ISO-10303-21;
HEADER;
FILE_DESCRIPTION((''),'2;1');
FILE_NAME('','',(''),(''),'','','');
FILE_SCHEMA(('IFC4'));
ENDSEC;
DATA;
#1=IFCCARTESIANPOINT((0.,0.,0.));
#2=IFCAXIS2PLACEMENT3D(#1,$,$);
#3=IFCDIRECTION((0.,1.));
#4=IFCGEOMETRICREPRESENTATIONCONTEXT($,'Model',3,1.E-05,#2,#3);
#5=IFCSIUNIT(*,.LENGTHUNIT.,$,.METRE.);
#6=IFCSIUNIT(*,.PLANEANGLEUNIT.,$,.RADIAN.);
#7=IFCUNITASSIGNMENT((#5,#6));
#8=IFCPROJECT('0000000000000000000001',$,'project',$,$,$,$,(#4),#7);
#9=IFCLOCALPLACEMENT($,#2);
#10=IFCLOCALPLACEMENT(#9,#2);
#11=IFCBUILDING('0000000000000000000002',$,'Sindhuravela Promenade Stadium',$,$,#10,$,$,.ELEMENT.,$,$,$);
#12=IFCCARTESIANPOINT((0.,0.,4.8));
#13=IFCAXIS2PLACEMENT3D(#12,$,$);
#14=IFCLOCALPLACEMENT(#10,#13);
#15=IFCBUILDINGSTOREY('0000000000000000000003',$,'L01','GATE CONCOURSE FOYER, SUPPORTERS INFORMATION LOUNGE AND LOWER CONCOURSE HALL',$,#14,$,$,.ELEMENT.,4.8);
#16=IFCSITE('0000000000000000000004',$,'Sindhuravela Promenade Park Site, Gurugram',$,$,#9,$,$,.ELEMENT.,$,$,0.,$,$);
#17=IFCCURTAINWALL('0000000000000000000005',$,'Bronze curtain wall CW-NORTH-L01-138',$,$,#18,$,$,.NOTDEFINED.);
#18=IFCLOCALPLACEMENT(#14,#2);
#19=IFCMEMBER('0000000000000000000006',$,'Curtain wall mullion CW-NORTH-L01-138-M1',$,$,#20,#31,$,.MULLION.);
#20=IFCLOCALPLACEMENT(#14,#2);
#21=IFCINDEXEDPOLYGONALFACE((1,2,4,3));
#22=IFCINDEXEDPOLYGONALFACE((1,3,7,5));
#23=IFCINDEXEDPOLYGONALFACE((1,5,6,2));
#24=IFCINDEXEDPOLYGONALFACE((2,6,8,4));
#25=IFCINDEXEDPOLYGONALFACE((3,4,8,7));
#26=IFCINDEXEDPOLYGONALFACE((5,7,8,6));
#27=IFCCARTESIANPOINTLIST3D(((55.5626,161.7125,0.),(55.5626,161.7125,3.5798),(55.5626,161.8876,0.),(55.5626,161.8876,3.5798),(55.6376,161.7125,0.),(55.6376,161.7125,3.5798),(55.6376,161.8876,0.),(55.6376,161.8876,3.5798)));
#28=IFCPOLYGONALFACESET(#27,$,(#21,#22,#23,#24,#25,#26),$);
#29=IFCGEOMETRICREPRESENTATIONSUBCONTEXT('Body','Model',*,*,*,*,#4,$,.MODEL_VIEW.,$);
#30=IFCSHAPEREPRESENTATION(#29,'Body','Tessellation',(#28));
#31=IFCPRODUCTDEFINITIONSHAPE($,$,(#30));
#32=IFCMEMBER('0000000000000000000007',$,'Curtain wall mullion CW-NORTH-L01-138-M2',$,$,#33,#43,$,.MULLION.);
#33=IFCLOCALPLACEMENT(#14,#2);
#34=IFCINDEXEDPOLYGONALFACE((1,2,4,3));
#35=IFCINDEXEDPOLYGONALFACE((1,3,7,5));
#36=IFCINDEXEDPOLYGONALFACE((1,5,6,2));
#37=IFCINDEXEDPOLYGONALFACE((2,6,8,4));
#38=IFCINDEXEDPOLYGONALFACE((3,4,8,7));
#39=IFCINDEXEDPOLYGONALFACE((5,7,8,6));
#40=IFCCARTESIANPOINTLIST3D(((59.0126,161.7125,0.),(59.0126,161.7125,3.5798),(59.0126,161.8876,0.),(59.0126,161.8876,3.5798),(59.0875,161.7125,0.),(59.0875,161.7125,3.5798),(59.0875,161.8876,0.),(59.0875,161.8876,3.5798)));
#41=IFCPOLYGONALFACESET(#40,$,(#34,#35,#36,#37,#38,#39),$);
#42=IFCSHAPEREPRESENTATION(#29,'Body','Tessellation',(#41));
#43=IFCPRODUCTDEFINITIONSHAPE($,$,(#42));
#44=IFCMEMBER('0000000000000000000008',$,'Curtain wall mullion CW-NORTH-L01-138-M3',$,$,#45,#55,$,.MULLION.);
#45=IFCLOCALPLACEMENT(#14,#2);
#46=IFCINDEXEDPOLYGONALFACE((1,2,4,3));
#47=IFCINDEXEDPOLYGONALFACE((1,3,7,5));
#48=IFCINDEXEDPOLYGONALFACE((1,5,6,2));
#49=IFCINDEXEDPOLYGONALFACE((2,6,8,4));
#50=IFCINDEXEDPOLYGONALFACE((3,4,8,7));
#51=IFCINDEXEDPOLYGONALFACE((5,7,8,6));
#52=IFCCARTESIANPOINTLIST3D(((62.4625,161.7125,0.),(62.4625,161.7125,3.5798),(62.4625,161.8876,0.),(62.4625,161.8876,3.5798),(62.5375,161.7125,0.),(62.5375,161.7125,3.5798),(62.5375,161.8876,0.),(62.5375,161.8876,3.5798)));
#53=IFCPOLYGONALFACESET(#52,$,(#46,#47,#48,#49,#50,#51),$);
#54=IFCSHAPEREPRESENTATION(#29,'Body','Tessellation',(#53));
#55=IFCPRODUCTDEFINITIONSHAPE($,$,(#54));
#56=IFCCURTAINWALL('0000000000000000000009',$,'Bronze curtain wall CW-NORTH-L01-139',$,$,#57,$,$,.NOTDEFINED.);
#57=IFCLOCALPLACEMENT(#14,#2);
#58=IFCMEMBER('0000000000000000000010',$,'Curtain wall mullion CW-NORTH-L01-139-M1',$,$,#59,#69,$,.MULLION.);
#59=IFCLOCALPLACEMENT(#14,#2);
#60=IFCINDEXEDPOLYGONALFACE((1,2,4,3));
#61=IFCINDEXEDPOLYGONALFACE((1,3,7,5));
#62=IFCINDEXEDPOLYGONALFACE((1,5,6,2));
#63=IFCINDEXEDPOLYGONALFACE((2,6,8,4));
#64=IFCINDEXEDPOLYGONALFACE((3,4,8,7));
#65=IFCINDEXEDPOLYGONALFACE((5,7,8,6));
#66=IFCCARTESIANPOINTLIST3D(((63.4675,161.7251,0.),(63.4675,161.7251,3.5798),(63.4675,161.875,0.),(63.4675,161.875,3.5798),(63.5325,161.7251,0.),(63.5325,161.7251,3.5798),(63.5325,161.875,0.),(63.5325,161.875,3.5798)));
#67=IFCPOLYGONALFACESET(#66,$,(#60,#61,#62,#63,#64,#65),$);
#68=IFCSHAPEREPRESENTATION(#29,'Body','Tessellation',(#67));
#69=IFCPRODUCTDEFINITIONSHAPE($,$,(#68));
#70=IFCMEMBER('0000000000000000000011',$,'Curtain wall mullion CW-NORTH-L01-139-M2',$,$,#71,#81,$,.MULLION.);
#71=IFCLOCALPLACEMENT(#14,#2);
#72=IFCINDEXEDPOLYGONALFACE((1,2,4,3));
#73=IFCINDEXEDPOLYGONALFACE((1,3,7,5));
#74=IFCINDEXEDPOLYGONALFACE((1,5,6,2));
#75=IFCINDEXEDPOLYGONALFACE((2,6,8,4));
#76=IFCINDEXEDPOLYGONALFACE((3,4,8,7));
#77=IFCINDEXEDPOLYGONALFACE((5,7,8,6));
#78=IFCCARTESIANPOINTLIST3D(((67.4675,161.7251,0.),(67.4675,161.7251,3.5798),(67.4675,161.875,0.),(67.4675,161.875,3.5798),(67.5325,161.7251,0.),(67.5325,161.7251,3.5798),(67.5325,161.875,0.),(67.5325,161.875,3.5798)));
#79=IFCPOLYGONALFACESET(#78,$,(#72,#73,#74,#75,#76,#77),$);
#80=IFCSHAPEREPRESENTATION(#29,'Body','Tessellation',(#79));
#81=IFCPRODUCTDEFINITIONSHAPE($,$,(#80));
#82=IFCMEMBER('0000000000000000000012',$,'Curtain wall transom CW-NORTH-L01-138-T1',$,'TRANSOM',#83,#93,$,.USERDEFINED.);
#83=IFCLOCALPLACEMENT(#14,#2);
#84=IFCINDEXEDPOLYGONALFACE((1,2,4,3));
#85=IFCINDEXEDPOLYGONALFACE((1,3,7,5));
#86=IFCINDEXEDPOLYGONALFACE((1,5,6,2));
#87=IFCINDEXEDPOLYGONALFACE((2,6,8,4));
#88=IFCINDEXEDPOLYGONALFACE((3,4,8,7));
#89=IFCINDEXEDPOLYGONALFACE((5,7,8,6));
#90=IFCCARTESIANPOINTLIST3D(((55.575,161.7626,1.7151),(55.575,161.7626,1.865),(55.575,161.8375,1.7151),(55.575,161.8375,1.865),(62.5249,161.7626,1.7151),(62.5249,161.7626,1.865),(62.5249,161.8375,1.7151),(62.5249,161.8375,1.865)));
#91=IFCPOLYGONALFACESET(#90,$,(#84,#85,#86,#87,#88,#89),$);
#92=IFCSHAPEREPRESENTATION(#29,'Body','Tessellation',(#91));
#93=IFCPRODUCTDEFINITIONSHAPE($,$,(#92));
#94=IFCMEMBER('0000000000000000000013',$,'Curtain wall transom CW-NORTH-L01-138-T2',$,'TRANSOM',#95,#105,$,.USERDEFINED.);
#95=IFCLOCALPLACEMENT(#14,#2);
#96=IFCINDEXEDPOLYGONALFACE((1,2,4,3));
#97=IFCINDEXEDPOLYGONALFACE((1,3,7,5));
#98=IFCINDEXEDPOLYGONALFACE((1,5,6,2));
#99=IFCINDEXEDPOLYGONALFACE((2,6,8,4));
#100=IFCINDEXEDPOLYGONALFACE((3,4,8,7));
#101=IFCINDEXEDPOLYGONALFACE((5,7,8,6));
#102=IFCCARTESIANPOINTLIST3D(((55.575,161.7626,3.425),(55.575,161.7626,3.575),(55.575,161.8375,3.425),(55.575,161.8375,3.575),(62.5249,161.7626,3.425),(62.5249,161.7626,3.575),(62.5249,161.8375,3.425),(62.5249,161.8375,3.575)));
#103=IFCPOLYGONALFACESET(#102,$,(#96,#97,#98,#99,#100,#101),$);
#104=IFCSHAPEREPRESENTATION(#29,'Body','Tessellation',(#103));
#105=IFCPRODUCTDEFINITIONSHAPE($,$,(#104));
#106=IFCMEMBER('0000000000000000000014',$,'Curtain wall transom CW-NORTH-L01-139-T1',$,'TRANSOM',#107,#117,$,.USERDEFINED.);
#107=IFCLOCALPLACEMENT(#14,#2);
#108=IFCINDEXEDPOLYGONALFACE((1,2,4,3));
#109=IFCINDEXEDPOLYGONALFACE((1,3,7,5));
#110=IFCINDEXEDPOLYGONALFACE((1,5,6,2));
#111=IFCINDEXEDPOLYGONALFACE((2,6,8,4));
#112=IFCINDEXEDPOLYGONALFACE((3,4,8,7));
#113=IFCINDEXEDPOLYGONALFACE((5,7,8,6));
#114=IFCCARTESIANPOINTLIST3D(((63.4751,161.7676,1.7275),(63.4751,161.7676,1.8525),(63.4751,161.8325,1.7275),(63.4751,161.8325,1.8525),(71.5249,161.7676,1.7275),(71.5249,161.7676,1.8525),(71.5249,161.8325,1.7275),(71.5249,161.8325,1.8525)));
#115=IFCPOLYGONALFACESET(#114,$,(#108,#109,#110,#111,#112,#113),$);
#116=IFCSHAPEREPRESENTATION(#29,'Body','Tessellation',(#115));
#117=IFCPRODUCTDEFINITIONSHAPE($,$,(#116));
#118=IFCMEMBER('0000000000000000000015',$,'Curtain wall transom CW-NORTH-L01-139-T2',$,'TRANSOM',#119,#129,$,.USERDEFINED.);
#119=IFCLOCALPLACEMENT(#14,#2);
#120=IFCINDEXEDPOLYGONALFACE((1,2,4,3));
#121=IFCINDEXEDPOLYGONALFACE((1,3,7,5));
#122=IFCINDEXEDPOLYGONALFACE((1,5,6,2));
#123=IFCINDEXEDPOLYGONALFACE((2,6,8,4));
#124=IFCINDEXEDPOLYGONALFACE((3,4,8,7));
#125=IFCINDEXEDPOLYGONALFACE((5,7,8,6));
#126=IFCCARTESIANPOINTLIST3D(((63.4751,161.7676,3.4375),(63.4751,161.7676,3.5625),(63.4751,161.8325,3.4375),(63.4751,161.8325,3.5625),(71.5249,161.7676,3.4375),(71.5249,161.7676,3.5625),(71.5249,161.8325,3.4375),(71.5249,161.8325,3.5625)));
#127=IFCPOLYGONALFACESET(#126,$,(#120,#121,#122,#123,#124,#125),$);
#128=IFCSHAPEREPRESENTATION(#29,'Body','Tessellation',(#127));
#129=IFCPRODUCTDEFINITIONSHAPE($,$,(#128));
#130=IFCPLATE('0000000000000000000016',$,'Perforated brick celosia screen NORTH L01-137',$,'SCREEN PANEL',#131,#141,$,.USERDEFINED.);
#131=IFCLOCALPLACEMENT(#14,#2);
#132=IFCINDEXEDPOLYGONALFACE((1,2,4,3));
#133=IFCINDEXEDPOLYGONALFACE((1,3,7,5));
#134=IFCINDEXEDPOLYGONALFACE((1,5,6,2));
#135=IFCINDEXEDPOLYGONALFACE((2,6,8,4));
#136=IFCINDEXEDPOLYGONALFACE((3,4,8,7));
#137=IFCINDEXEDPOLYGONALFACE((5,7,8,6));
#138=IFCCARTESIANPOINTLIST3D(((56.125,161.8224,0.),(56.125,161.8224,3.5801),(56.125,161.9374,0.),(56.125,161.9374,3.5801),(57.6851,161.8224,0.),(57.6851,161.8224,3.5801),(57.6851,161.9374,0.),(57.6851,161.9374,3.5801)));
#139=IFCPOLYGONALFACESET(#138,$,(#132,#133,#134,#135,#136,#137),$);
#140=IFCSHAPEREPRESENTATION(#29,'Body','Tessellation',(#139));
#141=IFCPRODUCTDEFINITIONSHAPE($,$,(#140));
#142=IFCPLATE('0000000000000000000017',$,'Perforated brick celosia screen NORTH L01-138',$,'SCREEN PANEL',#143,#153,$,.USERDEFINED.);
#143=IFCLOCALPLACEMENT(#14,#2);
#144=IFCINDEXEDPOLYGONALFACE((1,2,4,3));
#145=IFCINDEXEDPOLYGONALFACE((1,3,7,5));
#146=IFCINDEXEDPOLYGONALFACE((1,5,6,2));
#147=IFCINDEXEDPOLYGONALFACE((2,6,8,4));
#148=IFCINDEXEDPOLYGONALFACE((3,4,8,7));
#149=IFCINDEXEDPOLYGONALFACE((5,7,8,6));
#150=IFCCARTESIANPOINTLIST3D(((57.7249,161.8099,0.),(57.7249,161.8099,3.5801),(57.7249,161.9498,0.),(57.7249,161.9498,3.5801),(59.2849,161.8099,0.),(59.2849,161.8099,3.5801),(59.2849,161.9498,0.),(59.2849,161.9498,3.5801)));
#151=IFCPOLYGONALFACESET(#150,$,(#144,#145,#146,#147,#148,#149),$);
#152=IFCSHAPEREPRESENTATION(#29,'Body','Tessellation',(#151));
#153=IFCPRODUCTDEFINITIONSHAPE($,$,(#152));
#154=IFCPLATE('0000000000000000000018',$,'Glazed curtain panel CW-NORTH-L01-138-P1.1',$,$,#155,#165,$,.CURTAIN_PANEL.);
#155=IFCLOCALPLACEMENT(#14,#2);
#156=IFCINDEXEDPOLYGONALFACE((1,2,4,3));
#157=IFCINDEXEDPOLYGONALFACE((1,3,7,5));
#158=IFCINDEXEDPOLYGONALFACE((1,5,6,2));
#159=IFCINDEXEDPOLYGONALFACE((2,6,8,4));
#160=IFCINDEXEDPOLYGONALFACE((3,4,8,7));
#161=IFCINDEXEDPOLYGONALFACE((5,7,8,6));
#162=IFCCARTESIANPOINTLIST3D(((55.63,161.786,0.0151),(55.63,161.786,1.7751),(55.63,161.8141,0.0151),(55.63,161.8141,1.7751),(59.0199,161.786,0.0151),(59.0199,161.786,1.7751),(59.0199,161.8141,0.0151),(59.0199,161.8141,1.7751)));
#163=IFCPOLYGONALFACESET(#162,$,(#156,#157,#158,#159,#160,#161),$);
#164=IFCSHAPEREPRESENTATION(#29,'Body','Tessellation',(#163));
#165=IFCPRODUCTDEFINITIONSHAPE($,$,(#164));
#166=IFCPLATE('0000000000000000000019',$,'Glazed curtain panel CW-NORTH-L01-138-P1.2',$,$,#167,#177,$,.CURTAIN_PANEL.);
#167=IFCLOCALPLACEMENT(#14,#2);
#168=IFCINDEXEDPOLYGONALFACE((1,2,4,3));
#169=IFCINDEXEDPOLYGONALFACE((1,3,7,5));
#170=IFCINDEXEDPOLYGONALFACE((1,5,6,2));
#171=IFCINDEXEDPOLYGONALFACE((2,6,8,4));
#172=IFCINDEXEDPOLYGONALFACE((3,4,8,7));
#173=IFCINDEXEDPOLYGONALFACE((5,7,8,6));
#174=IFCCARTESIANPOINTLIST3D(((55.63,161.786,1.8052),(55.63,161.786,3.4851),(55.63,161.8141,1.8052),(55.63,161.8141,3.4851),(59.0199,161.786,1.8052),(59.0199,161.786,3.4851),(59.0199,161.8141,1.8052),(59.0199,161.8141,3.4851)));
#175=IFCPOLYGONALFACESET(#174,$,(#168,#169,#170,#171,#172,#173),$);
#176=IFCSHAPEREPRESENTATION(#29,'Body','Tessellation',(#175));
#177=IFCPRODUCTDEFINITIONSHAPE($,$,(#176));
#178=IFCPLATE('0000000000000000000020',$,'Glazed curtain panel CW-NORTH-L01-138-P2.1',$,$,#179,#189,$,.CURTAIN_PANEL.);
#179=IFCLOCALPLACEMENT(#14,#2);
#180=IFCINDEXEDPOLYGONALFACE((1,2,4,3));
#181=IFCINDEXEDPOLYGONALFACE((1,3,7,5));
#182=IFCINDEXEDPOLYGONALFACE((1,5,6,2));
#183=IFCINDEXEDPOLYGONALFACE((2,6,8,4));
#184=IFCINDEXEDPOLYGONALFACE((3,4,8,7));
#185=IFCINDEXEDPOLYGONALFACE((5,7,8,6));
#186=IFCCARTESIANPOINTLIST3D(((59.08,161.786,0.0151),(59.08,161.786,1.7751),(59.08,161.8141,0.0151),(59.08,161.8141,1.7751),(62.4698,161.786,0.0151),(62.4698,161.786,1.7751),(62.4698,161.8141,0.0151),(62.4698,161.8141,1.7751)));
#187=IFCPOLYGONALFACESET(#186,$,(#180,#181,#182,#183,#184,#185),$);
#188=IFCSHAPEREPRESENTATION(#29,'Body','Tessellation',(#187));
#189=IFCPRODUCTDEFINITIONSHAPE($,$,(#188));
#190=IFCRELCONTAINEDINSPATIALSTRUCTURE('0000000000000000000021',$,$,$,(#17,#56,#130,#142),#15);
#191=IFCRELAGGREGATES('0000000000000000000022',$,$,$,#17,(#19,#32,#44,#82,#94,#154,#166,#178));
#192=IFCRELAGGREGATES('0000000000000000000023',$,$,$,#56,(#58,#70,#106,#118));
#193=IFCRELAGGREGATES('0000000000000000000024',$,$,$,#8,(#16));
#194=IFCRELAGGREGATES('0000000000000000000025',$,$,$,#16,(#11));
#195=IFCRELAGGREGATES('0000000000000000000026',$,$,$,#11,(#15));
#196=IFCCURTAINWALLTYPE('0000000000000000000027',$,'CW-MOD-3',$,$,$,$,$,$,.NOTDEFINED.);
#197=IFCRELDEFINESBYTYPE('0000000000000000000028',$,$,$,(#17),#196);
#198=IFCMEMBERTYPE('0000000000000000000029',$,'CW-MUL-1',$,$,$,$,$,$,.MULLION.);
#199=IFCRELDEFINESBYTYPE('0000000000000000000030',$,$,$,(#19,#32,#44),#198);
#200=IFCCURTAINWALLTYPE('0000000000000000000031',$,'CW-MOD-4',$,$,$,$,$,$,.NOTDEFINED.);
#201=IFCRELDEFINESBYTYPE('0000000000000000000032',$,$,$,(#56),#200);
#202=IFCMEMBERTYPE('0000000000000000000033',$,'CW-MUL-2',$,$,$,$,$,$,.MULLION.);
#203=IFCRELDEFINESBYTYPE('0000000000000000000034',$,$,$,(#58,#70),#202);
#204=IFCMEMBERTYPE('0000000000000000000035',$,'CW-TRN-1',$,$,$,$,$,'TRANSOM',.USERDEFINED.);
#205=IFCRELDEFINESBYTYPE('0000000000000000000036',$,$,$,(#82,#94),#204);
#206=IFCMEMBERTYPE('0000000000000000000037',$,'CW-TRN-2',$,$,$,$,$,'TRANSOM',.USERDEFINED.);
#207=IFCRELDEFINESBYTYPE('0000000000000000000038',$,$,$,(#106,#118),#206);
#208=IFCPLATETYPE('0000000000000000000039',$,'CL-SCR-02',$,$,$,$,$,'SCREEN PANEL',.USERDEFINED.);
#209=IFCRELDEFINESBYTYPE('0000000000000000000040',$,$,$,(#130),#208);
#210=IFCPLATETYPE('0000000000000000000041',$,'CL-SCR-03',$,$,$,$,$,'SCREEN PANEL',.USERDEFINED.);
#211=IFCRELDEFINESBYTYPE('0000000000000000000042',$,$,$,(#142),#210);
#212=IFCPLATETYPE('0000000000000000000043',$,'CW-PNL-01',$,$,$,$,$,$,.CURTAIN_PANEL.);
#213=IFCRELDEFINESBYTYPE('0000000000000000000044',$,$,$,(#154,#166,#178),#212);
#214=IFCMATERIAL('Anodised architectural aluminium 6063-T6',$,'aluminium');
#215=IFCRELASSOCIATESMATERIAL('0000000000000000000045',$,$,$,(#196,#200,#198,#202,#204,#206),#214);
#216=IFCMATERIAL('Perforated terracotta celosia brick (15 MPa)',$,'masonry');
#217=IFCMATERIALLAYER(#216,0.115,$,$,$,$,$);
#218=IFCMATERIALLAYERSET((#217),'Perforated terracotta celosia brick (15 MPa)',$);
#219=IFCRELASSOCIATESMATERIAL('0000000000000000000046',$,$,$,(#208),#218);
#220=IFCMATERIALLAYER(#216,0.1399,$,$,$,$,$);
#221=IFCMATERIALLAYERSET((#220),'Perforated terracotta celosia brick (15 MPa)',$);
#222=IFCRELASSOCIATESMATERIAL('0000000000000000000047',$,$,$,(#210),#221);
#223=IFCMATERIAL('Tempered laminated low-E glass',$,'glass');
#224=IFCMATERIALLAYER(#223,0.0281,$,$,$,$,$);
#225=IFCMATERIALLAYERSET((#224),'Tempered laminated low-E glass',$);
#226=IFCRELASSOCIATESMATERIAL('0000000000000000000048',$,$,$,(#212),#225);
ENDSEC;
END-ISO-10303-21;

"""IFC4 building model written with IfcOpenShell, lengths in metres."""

from ifc_helpers import new_model, si_unit, direction, frame, origin, origin_2d, place, context, subcontext, project, spatial, rectangle, extrude, material, layer, layer_set, material_profile, profile_set, type_object, element, aggregate, save


model = new_model("IFC4")

# Units and contexts
model_context = context("Model", 3, precision=1e-05, world=origin(), true_north=direction((0.0, 1.0)))
body_context = subcontext(model_context, "Body", "Model", "MODEL_VIEW")
ifc_project = project(units=[si_unit("LENGTHUNIT", "METRE"), si_unit("PLANEANGLEUNIT", "RADIAN")], contexts=[model_context])

# Site, building, storey
site_placement = place(None, origin())
site = spatial("IfcSite", under=ifc_project, at=site_placement, Name="Sindhuravela Promenade Park Site, Gurugram", CompositionType="ELEMENT", RefElevation=0.0)
building_placement = place(site_placement, origin())
building = spatial("IfcBuilding", under=site, at=building_placement, Name="Sindhuravela Promenade Stadium", CompositionType="ELEMENT")
storey_placement = place(building_placement, frame((0.0, 0.0, 4.8)))
storey = spatial("IfcBuildingStorey", under=building, at=storey_placement, Name="L01", Description="GATE CONCOURSE FOYER, SUPPORTERS INFORMATION LOUNGE AND LOWER CONCOURSE HALL", CompositionType="ELEMENT", Elevation=4.8)

# Curtain walls, members
ifc_material_1 = material(Name="Anodised architectural aluminium 6063-T6", Category="aluminium")
curtain_wall_type_1 = type_object("IfcCurtainWallType", Name="CW-MOD-3", PredefinedType="NOTDEFINED", material=ifc_material_1)
curtain_wall_1_placement = place(storey_placement, origin())
curtain_wall_1 = element("IfcCurtainWall", 1, at=curtain_wall_1_placement, inside=storey, type_object=curtain_wall_type_1, Name="Bronze curtain wall CW-NORTH-L01-138", PredefinedType="NOTDEFINED")
ifc_material_profile_1 = material_profile(ifc_material_1, rectangle(XDim=0.075, YDim=0.175, at=origin_2d()), Name="ALU MULL 75x175")
ifc_profile_set_1 = profile_set([ifc_material_profile_1], Name="Anodised architectural aluminium 6063-T6")
member_type_1 = type_object("IfcMemberType", Name="CW-MUL-1", PredefinedType="MULLION", material=ifc_profile_set_1)
member_1_placement = place(storey_placement, frame((55.6001, 161.8, 0.0), z_axis=(0.0, 0.0, 1.0), x_axis=(1.0, 0.0, 0.0)))
member_1 = element("IfcMember", 2, at=member_1_placement, type_object=member_type_1, Name="Curtain wall mullion CW-NORTH-L01-138-M1", PredefinedType="MULLION", context=body_context, shape_type="SweptSolid", body=[
    extrude(rectangle(XDim=0.075, YDim=0.175, at=origin_2d()), origin(), (0.0, 0.0, 1.0), 3.5798),
])
member_2_placement = place(storey_placement, frame((59.05, 161.8, 0.0), z_axis=(0.0, 0.0, 1.0), x_axis=(1.0, 0.0, 0.0)))
member_2 = element("IfcMember", 3, at=member_2_placement, type_object=member_type_1, Name="Curtain wall mullion CW-NORTH-L01-138-M2", PredefinedType="MULLION", context=body_context, shape_type="SweptSolid", body=[
    extrude(rectangle(XDim=0.075, YDim=0.175, at=origin_2d()), origin(), (0.0, 0.0, 1.0), 3.5798),
])
member_3_placement = place(storey_placement, frame((62.5, 161.8, 0.0), z_axis=(0.0, 0.0, 1.0), x_axis=(1.0, 0.0, 0.0)))
member_3 = element("IfcMember", 4, at=member_3_placement, type_object=member_type_1, Name="Curtain wall mullion CW-NORTH-L01-138-M3", PredefinedType="MULLION", context=body_context, shape_type="SweptSolid", body=[
    extrude(rectangle(XDim=0.075, YDim=0.175, at=origin_2d()), origin(), (0.0, 0.0, 1.0), 3.5798),
])
curtain_wall_type_2 = type_object("IfcCurtainWallType", Name="CW-MOD-4", PredefinedType="NOTDEFINED", material=ifc_material_1)
curtain_wall_2_placement = place(storey_placement, origin())
curtain_wall_2 = element("IfcCurtainWall", 5, at=curtain_wall_2_placement, inside=storey, type_object=curtain_wall_type_2, Name="Bronze curtain wall CW-NORTH-L01-139", PredefinedType="NOTDEFINED")
ifc_material_profile_2 = material_profile(ifc_material_1, rectangle(XDim=0.0649, YDim=0.1499, at=origin_2d()), Name="ALU MULL 65x150")
ifc_profile_set_2 = profile_set([ifc_material_profile_2], Name="Anodised architectural aluminium 6063-T6")
member_type_2 = type_object("IfcMemberType", Name="CW-MUL-2", PredefinedType="MULLION", material=ifc_profile_set_2)
member_4_placement = place(storey_placement, frame((63.5, 161.8, 0.0), z_axis=(0.0, 0.0, 1.0), x_axis=(1.0, 0.0, 0.0)))
member_4 = element("IfcMember", 6, at=member_4_placement, type_object=member_type_2, Name="Curtain wall mullion CW-NORTH-L01-139-M1", PredefinedType="MULLION", context=body_context, shape_type="SweptSolid", body=[
    extrude(rectangle(XDim=0.0649, YDim=0.1499, at=origin_2d()), origin(), (0.0, 0.0, 1.0), 3.5798),
])
member_5_placement = place(storey_placement, frame((67.5, 161.8, 0.0), z_axis=(0.0, 0.0, 1.0), x_axis=(1.0, 0.0, 0.0)))
member_5 = element("IfcMember", 7, at=member_5_placement, type_object=member_type_2, Name="Curtain wall mullion CW-NORTH-L01-139-M2", PredefinedType="MULLION", context=body_context, shape_type="SweptSolid", body=[
    extrude(rectangle(XDim=0.0649, YDim=0.1499, at=origin_2d()), origin(), (0.0, 0.0, 1.0), 3.5798),
])

# Members
ifc_material_profile_3 = material_profile(ifc_material_1, rectangle(XDim=0.075, YDim=0.1499, at=origin_2d()), Name="ALU TRAN 75x150")
ifc_profile_set_3 = profile_set([ifc_material_profile_3], Name="Anodised architectural aluminium 6063-T6")
member_type_3 = type_object("IfcMemberType", Name="CW-TRN-1", ElementType="TRANSOM", PredefinedType="USERDEFINED", material=ifc_profile_set_3)
member_6_placement = place(storey_placement, frame((55.575, 161.8, 1.79), z_axis=(1.0, 0.0, 0.0), x_axis=(0.0, 1.0, 0.0)))
member_6 = element("IfcMember", 8, at=member_6_placement, type_object=member_type_3, Name="Curtain wall transom CW-NORTH-L01-138-T1", ObjectType="TRANSOM", PredefinedType="USERDEFINED", context=body_context, shape_type="SweptSolid", body=[
    extrude(rectangle(XDim=0.075, YDim=0.1499, at=origin_2d()), origin(), (0.0, 0.0, 1.0), 6.95),
])
member_7_placement = place(storey_placement, frame((55.575, 161.8, 3.5), z_axis=(1.0, 0.0, 0.0), x_axis=(0.0, 1.0, 0.0)))
member_7 = element("IfcMember", 9, at=member_7_placement, type_object=member_type_3, Name="Curtain wall transom CW-NORTH-L01-138-T2", ObjectType="TRANSOM", PredefinedType="USERDEFINED", context=body_context, shape_type="SweptSolid", body=[
    extrude(rectangle(XDim=0.075, YDim=0.1499, at=origin_2d()), origin(), (0.0, 0.0, 1.0), 6.95),
])
ifc_material_profile_4 = material_profile(ifc_material_1, rectangle(XDim=0.0649, YDim=0.125, at=origin_2d()), Name="ALU TRAN 65x125")
ifc_profile_set_4 = profile_set([ifc_material_profile_4], Name="Anodised architectural aluminium 6063-T6")
member_type_4 = type_object("IfcMemberType", Name="CW-TRN-2", ElementType="TRANSOM", PredefinedType="USERDEFINED", material=ifc_profile_set_4)
member_8_placement = place(storey_placement, frame((63.4751, 161.8, 1.79), z_axis=(1.0, 0.0, 0.0), x_axis=(0.0, 1.0, 0.0)))
member_8 = element("IfcMember", 10, at=member_8_placement, type_object=member_type_4, Name="Curtain wall transom CW-NORTH-L01-139-T1", ObjectType="TRANSOM", PredefinedType="USERDEFINED", context=body_context, shape_type="SweptSolid", body=[
    extrude(rectangle(XDim=0.0649, YDim=0.125, at=origin_2d()), origin(), (0.0, 0.0, 1.0), 8.0498),
])
member_9_placement = place(storey_placement, frame((63.4751, 161.8, 3.5), z_axis=(1.0, 0.0, 0.0), x_axis=(0.0, 1.0, 0.0)))
member_9 = element("IfcMember", 11, at=member_9_placement, type_object=member_type_4, Name="Curtain wall transom CW-NORTH-L01-139-T2", ObjectType="TRANSOM", PredefinedType="USERDEFINED", context=body_context, shape_type="SweptSolid", body=[
    extrude(rectangle(XDim=0.0649, YDim=0.125, at=origin_2d()), origin(), (0.0, 0.0, 1.0), 8.0498),
])

# Plates
ifc_material_2 = material(Name="Perforated terracotta celosia brick (15 MPa)", Category="masonry")
ifc_layer_1 = layer(ifc_material_2, 0.115)
ifc_layer_set_1 = layer_set([ifc_layer_1], Name="Perforated terracotta celosia brick (15 MPa)")
plate_type_1 = type_object("IfcPlateType", Name="CL-SCR-02", ElementType="SCREEN PANEL", PredefinedType="USERDEFINED", material=ifc_layer_set_1)
plate_1_placement = place(storey_placement, frame((56.905, 161.8799, 0.0), z_axis=(0.0, 0.0, 1.0), x_axis=(1.0, 0.0, 0.0)))
element("IfcPlate", 12, at=plate_1_placement, inside=storey, type_object=plate_type_1, Name="Perforated brick celosia screen NORTH L01-137", ObjectType="SCREEN PANEL", PredefinedType="USERDEFINED", context=body_context, shape_type="SweptSolid", body=[
    extrude(rectangle(XDim=1.5601, YDim=0.115, at=origin_2d()), origin(), (0.0, 0.0, 1.0), 3.5801),
])
ifc_layer_2 = layer(ifc_material_2, 0.1399)
ifc_layer_set_2 = layer_set([ifc_layer_2], Name="Perforated terracotta celosia brick (15 MPa)")
plate_type_2 = type_object("IfcPlateType", Name="CL-SCR-03", ElementType="SCREEN PANEL", PredefinedType="USERDEFINED", material=ifc_layer_set_2)
plate_2_placement = place(storey_placement, frame((58.5049, 161.8799, 0.0), z_axis=(0.0, 0.0, 1.0), x_axis=(1.0, 0.0, 0.0)))
element("IfcPlate", 13, at=plate_2_placement, inside=storey, type_object=plate_type_2, Name="Perforated brick celosia screen NORTH L01-138", ObjectType="SCREEN PANEL", PredefinedType="USERDEFINED", context=body_context, shape_type="SweptSolid", body=[
    extrude(rectangle(XDim=1.5601, YDim=0.1399, at=origin_2d()), origin(), (0.0, 0.0, 1.0), 3.5801),
])

# Plates
ifc_material_3 = material(Name="Tempered laminated low-E glass", Category="glass")
ifc_layer_3 = layer(ifc_material_3, 0.0281)
ifc_layer_set_3 = layer_set([ifc_layer_3], Name="Tempered laminated low-E glass")
plate_type_3 = type_object("IfcPlateType", Name="CW-PNL-01", PredefinedType="CURTAIN_PANEL", material=ifc_layer_set_3)
plate_3_placement = place(storey_placement, frame((57.325, 161.8, 0.0151), z_axis=(0.0, 0.0, 1.0), x_axis=(1.0, 0.0, 0.0)))
plate_3 = element("IfcPlate", 14, at=plate_3_placement, type_object=plate_type_3, Name="Glazed curtain panel CW-NORTH-L01-138-P1.1", PredefinedType="CURTAIN_PANEL", context=body_context, shape_type="SweptSolid", body=[
    extrude(rectangle(XDim=3.3899, YDim=0.0281, at=origin_2d()), origin(), (0.0, 0.0, 1.0), 1.76),
])
plate_4_placement = place(storey_placement, frame((57.325, 161.8, 1.8052), z_axis=(0.0, 0.0, 1.0), x_axis=(1.0, 0.0, 0.0)))
plate_4 = element("IfcPlate", 15, at=plate_4_placement, type_object=plate_type_3, Name="Glazed curtain panel CW-NORTH-L01-138-P1.2", PredefinedType="CURTAIN_PANEL", context=body_context, shape_type="SweptSolid", body=[
    extrude(rectangle(XDim=3.3899, YDim=0.0281, at=origin_2d()), origin(), (0.0, 0.0, 1.0), 1.6799),
])
plate_5_placement = place(storey_placement, frame((60.7749, 161.8, 0.0151), z_axis=(0.0, 0.0, 1.0), x_axis=(1.0, 0.0, 0.0)))
plate_5 = element("IfcPlate", 16, at=plate_5_placement, type_object=plate_type_3, Name="Glazed curtain panel CW-NORTH-L01-138-P2.1", PredefinedType="CURTAIN_PANEL", context=body_context, shape_type="SweptSolid", body=[
    extrude(rectangle(XDim=3.3899, YDim=0.0281, at=origin_2d()), origin(), (0.0, 0.0, 1.0), 1.76),
])
aggregate(curtain_wall_1, [member_1, member_2, member_3, member_6, member_7, plate_3, plate_4, plate_5])
aggregate(curtain_wall_2, [member_4, member_5, member_8, member_9])

save(model, "model.ifc")
